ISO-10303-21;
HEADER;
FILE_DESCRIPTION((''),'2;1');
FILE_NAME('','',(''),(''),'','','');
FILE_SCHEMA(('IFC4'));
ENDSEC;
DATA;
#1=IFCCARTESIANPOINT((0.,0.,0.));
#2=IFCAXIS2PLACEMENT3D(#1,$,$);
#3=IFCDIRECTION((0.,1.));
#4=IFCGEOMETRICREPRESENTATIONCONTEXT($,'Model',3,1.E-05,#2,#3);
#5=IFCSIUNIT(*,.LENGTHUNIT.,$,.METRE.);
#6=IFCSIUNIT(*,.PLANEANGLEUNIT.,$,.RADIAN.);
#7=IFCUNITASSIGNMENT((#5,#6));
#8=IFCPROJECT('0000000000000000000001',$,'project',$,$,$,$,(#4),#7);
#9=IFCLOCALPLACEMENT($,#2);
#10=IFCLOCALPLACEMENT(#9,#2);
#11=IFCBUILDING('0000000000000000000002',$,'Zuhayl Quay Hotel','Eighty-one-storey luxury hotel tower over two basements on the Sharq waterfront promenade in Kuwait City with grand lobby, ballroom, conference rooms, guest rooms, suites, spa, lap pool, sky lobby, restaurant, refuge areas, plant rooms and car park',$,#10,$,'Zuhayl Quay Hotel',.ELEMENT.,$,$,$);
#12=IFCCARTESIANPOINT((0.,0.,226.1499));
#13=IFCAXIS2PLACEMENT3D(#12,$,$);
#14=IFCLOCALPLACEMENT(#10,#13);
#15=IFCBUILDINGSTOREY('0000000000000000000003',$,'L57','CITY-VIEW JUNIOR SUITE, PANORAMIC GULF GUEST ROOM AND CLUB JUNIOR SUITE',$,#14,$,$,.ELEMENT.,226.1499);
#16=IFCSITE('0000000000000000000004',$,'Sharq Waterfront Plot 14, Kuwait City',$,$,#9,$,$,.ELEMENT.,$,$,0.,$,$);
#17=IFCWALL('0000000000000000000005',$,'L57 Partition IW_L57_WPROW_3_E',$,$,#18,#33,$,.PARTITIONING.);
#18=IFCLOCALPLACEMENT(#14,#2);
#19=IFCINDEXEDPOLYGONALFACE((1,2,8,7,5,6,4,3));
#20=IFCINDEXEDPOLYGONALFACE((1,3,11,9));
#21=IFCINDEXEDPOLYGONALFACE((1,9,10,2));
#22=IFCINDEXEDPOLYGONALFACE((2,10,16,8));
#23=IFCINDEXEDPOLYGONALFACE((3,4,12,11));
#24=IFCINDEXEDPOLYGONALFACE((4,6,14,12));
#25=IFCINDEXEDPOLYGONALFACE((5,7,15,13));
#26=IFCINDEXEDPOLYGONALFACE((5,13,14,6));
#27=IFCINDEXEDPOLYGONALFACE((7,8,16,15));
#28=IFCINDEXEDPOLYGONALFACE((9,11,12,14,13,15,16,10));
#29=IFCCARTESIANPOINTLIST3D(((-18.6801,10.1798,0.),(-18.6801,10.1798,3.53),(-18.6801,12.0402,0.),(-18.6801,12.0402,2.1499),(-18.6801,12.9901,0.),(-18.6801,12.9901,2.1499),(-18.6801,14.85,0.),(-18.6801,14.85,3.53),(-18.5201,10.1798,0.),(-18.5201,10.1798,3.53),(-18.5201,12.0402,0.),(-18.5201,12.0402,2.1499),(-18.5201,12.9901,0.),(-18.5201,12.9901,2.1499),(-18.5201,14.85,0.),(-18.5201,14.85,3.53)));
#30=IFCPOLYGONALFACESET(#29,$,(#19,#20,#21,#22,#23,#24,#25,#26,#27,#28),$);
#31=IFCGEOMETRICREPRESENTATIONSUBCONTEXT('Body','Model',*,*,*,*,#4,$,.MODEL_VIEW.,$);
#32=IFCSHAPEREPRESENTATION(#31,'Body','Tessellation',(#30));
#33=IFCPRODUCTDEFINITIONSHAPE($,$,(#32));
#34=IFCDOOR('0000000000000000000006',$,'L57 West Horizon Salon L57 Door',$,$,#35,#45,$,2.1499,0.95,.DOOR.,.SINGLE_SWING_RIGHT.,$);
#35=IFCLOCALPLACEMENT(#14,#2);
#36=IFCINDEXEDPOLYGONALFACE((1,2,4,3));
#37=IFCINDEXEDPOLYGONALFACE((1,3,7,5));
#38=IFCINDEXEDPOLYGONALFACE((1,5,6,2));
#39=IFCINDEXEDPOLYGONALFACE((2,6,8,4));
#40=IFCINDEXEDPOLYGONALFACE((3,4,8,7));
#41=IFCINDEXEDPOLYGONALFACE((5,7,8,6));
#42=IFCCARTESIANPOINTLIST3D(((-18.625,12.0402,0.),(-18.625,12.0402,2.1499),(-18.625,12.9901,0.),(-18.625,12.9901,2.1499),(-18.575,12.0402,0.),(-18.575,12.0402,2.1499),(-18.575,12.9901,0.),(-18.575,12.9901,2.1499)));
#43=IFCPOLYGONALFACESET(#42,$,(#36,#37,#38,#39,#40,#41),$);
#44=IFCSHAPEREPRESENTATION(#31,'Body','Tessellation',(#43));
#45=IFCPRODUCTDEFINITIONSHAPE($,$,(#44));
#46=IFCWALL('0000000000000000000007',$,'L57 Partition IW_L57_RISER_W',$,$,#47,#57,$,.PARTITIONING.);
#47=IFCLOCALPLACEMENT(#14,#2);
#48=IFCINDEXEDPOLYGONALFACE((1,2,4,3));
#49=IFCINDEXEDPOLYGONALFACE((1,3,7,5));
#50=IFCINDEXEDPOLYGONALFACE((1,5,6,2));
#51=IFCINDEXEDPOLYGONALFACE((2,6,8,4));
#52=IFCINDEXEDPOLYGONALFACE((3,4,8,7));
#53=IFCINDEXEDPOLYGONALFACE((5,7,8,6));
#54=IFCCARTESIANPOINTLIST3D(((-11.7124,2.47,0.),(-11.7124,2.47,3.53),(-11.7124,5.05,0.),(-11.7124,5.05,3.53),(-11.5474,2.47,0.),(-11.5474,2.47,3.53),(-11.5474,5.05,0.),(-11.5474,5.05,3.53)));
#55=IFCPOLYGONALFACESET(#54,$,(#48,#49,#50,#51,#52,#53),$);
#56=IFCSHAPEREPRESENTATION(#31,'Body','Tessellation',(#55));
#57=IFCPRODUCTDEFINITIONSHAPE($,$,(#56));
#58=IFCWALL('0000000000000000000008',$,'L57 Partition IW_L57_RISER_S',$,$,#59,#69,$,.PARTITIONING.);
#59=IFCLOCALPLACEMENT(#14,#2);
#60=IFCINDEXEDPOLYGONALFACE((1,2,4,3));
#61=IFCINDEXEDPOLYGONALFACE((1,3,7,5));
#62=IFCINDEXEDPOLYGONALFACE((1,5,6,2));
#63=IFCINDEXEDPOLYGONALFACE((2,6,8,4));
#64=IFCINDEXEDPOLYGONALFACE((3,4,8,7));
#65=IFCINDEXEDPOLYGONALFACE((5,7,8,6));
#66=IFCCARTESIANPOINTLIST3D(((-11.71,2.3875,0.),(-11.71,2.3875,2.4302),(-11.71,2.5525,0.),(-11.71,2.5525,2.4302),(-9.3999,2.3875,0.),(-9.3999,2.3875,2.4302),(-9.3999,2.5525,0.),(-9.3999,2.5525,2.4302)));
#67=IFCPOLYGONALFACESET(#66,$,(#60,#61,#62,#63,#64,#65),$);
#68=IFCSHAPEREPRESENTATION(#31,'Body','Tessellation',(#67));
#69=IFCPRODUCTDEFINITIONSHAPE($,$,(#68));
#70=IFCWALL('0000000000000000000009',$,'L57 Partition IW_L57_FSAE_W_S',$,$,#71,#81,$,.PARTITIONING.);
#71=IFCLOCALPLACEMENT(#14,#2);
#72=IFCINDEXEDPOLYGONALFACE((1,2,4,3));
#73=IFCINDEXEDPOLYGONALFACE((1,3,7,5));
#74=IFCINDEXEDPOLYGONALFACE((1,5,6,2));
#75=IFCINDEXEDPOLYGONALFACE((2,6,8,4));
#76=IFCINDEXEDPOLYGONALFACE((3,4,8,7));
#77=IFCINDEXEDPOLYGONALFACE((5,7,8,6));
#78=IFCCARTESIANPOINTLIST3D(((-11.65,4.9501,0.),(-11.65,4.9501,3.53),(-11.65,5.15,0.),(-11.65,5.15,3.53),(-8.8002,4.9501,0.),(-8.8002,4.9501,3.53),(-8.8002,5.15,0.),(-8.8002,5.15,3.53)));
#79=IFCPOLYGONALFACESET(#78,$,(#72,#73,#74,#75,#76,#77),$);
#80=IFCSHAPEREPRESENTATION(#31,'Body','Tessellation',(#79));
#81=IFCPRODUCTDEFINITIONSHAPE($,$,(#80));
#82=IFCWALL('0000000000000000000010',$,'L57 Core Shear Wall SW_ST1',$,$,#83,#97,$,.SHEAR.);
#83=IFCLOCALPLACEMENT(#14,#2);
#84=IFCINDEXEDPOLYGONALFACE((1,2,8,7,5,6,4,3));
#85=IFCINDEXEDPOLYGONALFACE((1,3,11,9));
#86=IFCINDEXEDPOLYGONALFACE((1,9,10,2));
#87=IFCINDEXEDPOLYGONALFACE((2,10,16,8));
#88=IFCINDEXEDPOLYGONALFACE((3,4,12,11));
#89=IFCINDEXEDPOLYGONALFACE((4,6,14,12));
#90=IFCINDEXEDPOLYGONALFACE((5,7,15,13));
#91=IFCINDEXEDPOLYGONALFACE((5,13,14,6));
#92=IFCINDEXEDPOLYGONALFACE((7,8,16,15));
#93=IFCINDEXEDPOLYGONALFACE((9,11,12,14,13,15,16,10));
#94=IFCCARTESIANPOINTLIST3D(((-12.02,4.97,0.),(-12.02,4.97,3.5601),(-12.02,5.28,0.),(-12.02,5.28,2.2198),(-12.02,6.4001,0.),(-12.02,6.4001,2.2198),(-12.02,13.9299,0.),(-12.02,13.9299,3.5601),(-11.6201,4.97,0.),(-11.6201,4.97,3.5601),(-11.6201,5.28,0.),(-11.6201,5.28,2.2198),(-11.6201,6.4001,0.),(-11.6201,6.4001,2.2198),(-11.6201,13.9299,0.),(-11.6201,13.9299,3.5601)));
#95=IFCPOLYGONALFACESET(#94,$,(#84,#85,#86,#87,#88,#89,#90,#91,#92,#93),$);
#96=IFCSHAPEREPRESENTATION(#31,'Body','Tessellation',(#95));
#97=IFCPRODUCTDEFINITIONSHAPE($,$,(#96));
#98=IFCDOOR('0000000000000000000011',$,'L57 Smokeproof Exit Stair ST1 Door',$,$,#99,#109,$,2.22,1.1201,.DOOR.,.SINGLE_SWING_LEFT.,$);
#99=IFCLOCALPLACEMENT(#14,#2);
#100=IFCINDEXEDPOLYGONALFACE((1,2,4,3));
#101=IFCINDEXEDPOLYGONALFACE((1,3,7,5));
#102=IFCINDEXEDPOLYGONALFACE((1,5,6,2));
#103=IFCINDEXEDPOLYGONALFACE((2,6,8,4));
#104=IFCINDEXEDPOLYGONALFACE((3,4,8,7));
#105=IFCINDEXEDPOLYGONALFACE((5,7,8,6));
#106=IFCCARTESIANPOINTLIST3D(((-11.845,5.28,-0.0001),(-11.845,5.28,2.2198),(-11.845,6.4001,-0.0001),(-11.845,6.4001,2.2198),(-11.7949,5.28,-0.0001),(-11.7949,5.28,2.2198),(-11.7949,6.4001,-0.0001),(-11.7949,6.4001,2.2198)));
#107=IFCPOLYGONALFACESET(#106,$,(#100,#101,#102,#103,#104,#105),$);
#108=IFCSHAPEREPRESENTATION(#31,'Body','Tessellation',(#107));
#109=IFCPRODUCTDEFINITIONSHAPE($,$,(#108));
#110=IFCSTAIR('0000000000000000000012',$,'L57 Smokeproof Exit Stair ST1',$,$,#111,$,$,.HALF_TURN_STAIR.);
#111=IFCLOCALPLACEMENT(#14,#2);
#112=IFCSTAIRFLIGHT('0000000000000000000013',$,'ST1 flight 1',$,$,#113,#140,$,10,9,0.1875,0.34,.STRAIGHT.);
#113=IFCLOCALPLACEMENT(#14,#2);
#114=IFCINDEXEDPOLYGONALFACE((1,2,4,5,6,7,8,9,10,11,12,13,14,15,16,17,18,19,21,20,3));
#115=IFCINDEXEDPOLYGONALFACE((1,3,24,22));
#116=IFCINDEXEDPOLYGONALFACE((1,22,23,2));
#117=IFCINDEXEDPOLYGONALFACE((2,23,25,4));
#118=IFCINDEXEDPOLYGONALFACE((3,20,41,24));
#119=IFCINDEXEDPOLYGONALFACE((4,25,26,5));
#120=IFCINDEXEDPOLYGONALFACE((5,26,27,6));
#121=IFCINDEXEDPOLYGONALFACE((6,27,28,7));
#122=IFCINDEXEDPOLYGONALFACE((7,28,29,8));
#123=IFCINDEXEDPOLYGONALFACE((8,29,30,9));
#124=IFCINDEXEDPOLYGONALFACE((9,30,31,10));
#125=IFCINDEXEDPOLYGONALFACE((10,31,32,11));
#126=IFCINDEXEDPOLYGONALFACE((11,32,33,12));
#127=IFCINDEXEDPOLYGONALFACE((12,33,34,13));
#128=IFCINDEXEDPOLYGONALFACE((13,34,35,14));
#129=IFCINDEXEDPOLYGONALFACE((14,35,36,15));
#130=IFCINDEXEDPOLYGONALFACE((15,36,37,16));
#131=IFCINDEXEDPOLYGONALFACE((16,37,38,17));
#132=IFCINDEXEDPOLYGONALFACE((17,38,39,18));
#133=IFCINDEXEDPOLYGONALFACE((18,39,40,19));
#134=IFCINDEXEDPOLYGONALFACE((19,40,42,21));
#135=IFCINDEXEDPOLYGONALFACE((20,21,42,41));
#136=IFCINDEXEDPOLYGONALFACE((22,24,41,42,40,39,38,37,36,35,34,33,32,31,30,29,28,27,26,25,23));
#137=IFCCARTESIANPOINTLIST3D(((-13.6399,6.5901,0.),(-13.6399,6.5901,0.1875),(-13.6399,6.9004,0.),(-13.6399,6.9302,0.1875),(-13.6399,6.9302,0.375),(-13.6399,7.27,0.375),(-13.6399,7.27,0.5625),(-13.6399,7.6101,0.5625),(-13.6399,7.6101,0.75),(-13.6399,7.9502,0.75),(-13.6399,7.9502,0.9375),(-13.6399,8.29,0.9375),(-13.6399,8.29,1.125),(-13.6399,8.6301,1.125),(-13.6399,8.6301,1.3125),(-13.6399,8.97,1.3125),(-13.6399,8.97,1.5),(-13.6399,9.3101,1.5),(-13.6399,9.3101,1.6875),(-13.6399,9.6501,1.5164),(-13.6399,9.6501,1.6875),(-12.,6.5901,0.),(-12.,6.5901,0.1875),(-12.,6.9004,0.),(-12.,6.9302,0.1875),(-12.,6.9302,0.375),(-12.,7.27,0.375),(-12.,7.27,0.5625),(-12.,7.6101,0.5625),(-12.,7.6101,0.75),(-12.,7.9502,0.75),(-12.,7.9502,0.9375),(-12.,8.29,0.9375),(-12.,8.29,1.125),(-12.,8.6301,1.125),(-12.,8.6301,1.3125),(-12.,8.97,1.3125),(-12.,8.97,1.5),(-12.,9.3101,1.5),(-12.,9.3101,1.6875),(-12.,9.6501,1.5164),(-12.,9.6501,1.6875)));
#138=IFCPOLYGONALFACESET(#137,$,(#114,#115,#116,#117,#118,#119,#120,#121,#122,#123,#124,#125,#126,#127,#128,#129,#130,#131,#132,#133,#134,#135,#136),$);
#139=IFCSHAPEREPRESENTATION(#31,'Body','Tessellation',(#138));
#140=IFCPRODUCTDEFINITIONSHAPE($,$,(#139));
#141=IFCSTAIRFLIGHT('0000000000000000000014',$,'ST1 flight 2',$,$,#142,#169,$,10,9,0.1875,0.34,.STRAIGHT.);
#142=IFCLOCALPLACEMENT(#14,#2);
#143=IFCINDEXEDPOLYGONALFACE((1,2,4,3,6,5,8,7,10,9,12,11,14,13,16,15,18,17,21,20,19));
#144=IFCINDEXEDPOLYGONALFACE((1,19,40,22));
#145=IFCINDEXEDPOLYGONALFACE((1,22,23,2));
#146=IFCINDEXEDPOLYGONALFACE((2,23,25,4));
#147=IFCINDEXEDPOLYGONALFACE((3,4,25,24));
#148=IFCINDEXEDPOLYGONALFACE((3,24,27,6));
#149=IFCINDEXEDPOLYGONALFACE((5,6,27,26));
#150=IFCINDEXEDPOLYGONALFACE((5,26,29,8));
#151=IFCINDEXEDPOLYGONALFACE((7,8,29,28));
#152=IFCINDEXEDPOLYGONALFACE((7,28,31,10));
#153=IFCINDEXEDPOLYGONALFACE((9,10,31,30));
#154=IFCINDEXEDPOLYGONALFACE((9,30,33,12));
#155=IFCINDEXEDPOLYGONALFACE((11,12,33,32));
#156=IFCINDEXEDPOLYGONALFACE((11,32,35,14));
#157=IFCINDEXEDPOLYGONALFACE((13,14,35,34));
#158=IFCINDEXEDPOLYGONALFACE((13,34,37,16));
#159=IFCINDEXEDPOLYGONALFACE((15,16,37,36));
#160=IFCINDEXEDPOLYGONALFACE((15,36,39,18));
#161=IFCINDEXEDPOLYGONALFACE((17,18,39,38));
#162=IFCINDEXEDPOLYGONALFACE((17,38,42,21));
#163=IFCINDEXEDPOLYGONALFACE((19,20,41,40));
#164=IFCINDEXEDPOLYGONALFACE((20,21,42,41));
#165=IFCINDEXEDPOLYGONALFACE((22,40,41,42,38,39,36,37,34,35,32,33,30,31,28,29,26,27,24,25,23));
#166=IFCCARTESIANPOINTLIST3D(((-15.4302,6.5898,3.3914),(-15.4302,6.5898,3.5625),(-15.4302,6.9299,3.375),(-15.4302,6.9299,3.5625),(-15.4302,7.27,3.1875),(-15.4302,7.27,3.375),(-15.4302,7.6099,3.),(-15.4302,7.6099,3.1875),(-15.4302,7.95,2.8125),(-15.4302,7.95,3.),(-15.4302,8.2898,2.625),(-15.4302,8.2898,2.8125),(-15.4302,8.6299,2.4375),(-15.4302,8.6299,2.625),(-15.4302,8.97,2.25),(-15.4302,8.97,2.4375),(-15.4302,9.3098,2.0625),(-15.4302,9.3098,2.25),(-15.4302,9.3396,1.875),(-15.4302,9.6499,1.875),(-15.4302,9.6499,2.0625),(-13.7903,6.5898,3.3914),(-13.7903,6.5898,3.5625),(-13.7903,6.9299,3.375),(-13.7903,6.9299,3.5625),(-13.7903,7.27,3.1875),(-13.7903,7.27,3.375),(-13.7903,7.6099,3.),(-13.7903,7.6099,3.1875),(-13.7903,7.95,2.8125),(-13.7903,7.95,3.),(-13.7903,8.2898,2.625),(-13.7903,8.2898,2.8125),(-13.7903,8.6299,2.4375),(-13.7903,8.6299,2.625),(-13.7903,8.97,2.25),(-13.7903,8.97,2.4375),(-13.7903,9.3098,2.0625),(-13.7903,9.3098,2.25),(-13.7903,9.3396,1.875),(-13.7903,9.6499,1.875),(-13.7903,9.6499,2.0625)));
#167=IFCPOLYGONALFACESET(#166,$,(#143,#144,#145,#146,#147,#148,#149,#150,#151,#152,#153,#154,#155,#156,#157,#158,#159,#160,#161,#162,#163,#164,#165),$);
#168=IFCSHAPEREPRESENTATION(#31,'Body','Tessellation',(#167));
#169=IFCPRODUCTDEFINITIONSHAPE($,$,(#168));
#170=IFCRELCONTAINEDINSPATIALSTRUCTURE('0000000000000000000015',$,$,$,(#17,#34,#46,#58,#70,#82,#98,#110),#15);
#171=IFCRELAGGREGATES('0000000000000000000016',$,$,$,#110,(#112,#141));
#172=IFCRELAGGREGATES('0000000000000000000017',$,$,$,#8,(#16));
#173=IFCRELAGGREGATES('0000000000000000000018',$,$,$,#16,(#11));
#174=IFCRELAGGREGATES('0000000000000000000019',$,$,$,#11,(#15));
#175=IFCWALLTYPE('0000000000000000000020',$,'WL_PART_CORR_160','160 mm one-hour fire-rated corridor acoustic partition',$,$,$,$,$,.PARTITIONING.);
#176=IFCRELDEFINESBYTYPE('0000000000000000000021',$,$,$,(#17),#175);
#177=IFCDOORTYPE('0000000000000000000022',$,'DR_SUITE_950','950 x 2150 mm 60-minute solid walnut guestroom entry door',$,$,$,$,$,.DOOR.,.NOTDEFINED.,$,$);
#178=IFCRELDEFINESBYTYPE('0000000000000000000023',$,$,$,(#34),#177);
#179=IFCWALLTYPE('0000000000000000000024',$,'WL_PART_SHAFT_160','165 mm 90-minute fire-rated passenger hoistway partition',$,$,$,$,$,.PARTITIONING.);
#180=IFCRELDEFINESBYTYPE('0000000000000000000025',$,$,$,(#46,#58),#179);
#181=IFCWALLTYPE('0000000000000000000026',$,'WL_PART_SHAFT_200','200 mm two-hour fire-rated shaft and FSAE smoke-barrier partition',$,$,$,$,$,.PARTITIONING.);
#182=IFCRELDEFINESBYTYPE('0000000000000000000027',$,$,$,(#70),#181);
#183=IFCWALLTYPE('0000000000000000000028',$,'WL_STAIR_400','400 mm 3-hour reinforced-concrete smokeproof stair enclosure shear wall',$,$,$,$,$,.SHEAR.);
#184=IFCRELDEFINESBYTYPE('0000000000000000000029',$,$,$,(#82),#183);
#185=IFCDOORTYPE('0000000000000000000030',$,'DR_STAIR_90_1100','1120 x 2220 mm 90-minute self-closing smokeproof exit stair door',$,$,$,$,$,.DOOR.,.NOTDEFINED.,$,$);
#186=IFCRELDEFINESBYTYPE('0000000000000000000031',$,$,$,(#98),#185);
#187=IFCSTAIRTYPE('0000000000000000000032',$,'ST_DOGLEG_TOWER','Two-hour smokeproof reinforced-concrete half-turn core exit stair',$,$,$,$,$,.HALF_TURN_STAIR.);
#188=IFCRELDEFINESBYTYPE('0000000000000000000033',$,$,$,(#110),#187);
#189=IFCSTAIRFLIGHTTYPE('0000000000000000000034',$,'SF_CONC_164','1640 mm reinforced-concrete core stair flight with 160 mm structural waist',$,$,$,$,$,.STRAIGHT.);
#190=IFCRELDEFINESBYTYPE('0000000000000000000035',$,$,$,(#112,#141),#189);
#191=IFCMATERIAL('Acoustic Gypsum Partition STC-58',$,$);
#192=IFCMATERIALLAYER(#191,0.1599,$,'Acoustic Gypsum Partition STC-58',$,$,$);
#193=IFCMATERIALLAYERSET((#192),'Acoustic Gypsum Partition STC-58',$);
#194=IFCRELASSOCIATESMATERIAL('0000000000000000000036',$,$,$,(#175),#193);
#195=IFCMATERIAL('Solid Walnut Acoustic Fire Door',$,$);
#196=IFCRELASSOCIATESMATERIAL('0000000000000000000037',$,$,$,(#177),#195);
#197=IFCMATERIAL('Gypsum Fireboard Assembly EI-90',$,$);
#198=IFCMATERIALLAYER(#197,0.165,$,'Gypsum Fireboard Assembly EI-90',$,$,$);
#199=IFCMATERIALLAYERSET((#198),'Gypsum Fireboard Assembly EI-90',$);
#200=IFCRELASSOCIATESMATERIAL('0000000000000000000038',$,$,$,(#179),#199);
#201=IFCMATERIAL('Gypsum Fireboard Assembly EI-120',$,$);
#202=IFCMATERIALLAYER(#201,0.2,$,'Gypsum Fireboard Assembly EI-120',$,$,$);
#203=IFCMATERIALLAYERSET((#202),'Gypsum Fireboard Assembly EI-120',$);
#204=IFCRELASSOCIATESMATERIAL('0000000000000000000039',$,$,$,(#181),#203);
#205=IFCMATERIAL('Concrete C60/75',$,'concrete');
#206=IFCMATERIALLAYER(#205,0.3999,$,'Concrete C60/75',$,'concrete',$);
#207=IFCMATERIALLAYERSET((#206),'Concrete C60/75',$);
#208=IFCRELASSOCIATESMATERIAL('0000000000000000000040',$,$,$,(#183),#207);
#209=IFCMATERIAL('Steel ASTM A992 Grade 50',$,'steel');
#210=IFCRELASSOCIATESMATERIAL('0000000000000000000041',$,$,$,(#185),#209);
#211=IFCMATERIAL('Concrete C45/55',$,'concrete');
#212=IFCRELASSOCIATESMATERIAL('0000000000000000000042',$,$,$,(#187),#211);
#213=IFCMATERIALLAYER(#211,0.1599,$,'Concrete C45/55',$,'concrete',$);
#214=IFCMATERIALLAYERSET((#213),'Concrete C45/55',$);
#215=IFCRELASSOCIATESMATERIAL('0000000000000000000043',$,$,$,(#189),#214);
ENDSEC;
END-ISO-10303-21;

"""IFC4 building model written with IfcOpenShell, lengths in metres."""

from ifc_helpers import new_model, si_unit, direction, frame, frame_2d, origin, place, context, subcontext, project, spatial, polyline, rectangle, outline, extrude, material, layer, layer_set, type_object, element, fill, aggregate, save


model = new_model("IFC4")

# Units and contexts
model_context = context("Model", 3, precision=1e-05, world=origin(), true_north=direction((0.0, 1.0)))
body_context = subcontext(model_context, "Body", "Model", "MODEL_VIEW")
ifc_project = project(units=[si_unit("LENGTHUNIT", "METRE"), si_unit("PLANEANGLEUNIT", "RADIAN")], contexts=[model_context])

# Site, building, storey
site_placement = place(None, origin())
site = spatial("IfcSite", under=ifc_project, at=site_placement, Name="Sharq Waterfront Plot 14, Kuwait City", CompositionType="ELEMENT", RefElevation=0.0)
building_placement = place(site_placement, origin())
building = spatial("IfcBuilding", under=site, at=building_placement, Name="Zuhayl Quay Hotel", Description="Eighty-one-storey luxury hotel tower over two basements on the Sharq waterfront promenade in Kuwait City with grand lobby, ballroom, conference rooms, guest rooms, suites, spa, lap pool, sky lobby, restaurant, refuge areas, plant rooms and car park", LongName="Zuhayl Quay Hotel", CompositionType="ELEMENT")
storey_placement = place(building_placement, frame((0.0, 0.0, 226.1499)))
storey = spatial("IfcBuildingStorey", under=building, at=storey_placement, Name="L57", Description="CITY-VIEW JUNIOR SUITE, PANORAMIC GULF GUEST ROOM AND CLUB JUNIOR SUITE", CompositionType="ELEMENT", Elevation=226.1499)

# Shared definitions
ifc_material_1 = material(Name="Concrete C60/75", Category="concrete")

# Shared definitions
ifc_material_2 = material(Name="Acoustic Gypsum Partition STC-58")

# Wall, opening, door
ifc_layer_1 = layer(ifc_material_2, 0.1599, Name="Acoustic Gypsum Partition STC-58")
ifc_layer_set_1 = layer_set([ifc_layer_1], Name="Acoustic Gypsum Partition STC-58")
wall_type_1 = type_object("IfcWallType", Name="WL_PART_CORR_160", Description="160 mm one-hour fire-rated corridor acoustic partition", PredefinedType="PARTITIONING", material=ifc_layer_set_1)
ifc_material_3 = material(Name="Solid Walnut Acoustic Fire Door")
door_type_1 = type_object("IfcDoorType", Name="DR_SUITE_950", Description="950 x 2150 mm 60-minute solid walnut guestroom entry door", OperationType="NOTDEFINED", PredefinedType="DOOR", material=ifc_material_3)
wall_1_placement = place(storey_placement, frame((-18.6001, 10.1799, 0.0), z_axis=(0.0, 0.0, 1.0), x_axis=(0.0, 1.0, 0.0)))
wall_1 = element("IfcWall", 1, at=wall_1_placement, inside=storey, type_object=wall_type_1, Name="L57 Partition IW_L57_WPROW_3_E", PredefinedType="PARTITIONING", context=body_context, shape_type="SweptSolid", body=[
    extrude(rectangle(XDim=4.6702, YDim=0.1599, at=frame_2d((2.335, 0.0))), origin(), (0.0, 0.0, 1.0), 3.53),
])
opening_1_placement = place(wall_1_placement, frame((1.8601, 0.0, 0.0)))
opening_1 = element("IfcOpeningElement", 2, at=opening_1_placement, cuts=wall_1, PredefinedType="OPENING", context=body_context, shape_type="SweptSolid", body=[
    extrude(rectangle(XDim=0.95, YDim=2.1499, at=frame_2d((0.4751, 1.075))), frame((0.0, 0.0898, 0.0), z_axis=(0.0, -1.0, 0.0), x_axis=(1.0, 0.0, 0.0)), (0.0, 0.0, 1.0), 0.1799),
])
door_1_placement = place(opening_1_placement, origin())
door_1 = element("IfcDoor", 3, at=door_1_placement, inside=storey, type_object=door_type_1, Name="L57 West Horizon Salon L57 Door", OperationType="SINGLE_SWING_RIGHT", OverallHeight=2.1499, OverallWidth=0.95, PredefinedType="DOOR", context=body_context, shape_type="SweptSolid", body=[
    extrude(rectangle(XDim=0.95, YDim=2.1499, at=frame_2d((0.4751, 1.075))), frame((0.0, 0.0249, 0.0), z_axis=(0.0, -1.0, 0.0), x_axis=(1.0, 0.0, 0.0)), (0.0, 0.0, 1.0), 0.05),
])
fill(opening_1, door_1)

# Walls
ifc_material_4 = material(Name="Gypsum Fireboard Assembly EI-90")
ifc_layer_2 = layer(ifc_material_4, 0.165, Name="Gypsum Fireboard Assembly EI-90")
ifc_layer_set_2 = layer_set([ifc_layer_2], Name="Gypsum Fireboard Assembly EI-90")
wall_type_2 = type_object("IfcWallType", Name="WL_PART_SHAFT_160", Description="165 mm 90-minute fire-rated passenger hoistway partition", PredefinedType="PARTITIONING", material=ifc_layer_set_2)
wall_2_placement = place(storey_placement, frame((-11.6299, 2.47, 0.0), z_axis=(0.0, 0.0, 1.0), x_axis=(0.0, 1.0, 0.0)))
element("IfcWall", 4, at=wall_2_placement, inside=storey, type_object=wall_type_2, Name="L57 Partition IW_L57_RISER_W", PredefinedType="PARTITIONING", context=body_context, shape_type="SweptSolid", body=[
    extrude(rectangle(XDim=2.5801, YDim=0.165, at=frame_2d((1.29, 0.0))), origin(), (0.0, 0.0, 1.0), 3.53),
])
wall_3_placement = place(storey_placement, frame((-11.71, 2.47, 0.0), z_axis=(0.0, 0.0, 1.0), x_axis=(1.0, 0.0, 0.0)))
element("IfcWall", 5, at=wall_3_placement, inside=storey, type_object=wall_type_2, Name="L57 Partition IW_L57_RISER_S", PredefinedType="PARTITIONING", context=body_context, shape_type="SweptSolid", body=[
    extrude(rectangle(XDim=2.3101, YDim=0.165, at=frame_2d((1.155, 0.0))), origin(), (0.0, 0.0, 1.0), 2.4302),
])
ifc_material_5 = material(Name="Gypsum Fireboard Assembly EI-120")
ifc_layer_3 = layer(ifc_material_5, 0.2, Name="Gypsum Fireboard Assembly EI-120")
ifc_layer_set_3 = layer_set([ifc_layer_3], Name="Gypsum Fireboard Assembly EI-120")
wall_type_3 = type_object("IfcWallType", Name="WL_PART_SHAFT_200", Description="200 mm two-hour fire-rated shaft and FSAE smoke-barrier partition", PredefinedType="PARTITIONING", material=ifc_layer_set_3)
wall_4_placement = place(storey_placement, frame((-11.6499, 5.05, 0.0), z_axis=(0.0, 0.0, 1.0), x_axis=(1.0, 0.0, 0.0)))
element("IfcWall", 6, at=wall_4_placement, inside=storey, type_object=wall_type_3, Name="L57 Partition IW_L57_FSAE_W_S", PredefinedType="PARTITIONING", context=body_context, shape_type="SweptSolid", body=[
    extrude(rectangle(XDim=2.8499, YDim=0.2, at=frame_2d((1.4248, 0.0))), origin(), (0.0, 0.0, 1.0), 3.53),
])

# Wall, opening, door
ifc_layer_4 = layer(ifc_material_1, 0.3999, Name="Concrete C60/75", Category="concrete")
ifc_layer_set_4 = layer_set([ifc_layer_4], Name="Concrete C60/75")
wall_type_4 = type_object("IfcWallType", Name="WL_STAIR_400", Description="400 mm 3-hour reinforced-concrete smokeproof stair enclosure shear wall", PredefinedType="SHEAR", material=ifc_layer_set_4)
wall_5_placement = place(storey_placement, frame((-11.8201, 4.97, 0.0), z_axis=(0.0, 0.0, 1.0), x_axis=(0.0, 1.0, 0.0)))
wall_5 = element("IfcWall", 7, at=wall_5_placement, inside=storey, type_object=wall_type_4, Name="L57 Core Shear Wall SW_ST1", PredefinedType="SHEAR", context=body_context, shape_type="SweptSolid", body=[
    extrude(rectangle(XDim=8.96, YDim=0.3999, at=frame_2d((4.48, 0.0))), origin(), (0.0, 0.0, 1.0), 3.5601),
])
opening_2_placement = place(wall_5_placement, frame((0.3101, 0.0, 0.0)))
opening_2 = element("IfcOpeningElement", 8, at=opening_2_placement, cuts=wall_5, PredefinedType="OPENING", context=body_context, shape_type="SweptSolid", body=[
    extrude(rectangle(XDim=1.1201, YDim=2.22, at=frame_2d((0.5601, 1.1099))), frame((0.0, 0.21, 0.0), z_axis=(0.0, -1.0, 0.0), x_axis=(1.0, 0.0, 0.0)), (0.0, 0.0, 1.0), 0.4199),
])
ifc_material_6 = material(Name="Steel ASTM A992 Grade 50", Category="steel")
door_type_2 = type_object("IfcDoorType", Name="DR_STAIR_90_1100", Description="1120 x 2220 mm 90-minute self-closing smokeproof exit stair door", OperationType="NOTDEFINED", PredefinedType="DOOR", material=ifc_material_6)
door_2_placement = place(opening_2_placement, origin())
door_2 = element("IfcDoor", 9, at=door_2_placement, inside=storey, type_object=door_type_2, Name="L57 Smokeproof Exit Stair ST1 Door", OperationType="SINGLE_SWING_LEFT", OverallHeight=2.22, OverallWidth=1.1201, PredefinedType="DOOR", context=body_context, shape_type="SweptSolid", body=[
    extrude(rectangle(XDim=1.1201, YDim=2.22, at=frame_2d((0.5601, 1.1099))), frame((0.0, 0.0249, 0.0), z_axis=(0.0, -1.0, 0.0), x_axis=(1.0, 0.0, 0.0)), (0.0, 0.0, 1.0), 0.05),
])
fill(opening_2, door_2)

# Stair, stair flights
ifc_material_7 = material(Name="Concrete C45/55", Category="concrete")
stair_type = type_object("IfcStairType", Name="ST_DOGLEG_TOWER", Description="Two-hour smokeproof reinforced-concrete half-turn core exit stair", PredefinedType="HALF_TURN_STAIR", material=ifc_material_7)
stair_placement = place(storey_placement, origin())
stair = element("IfcStair", 10, at=stair_placement, inside=storey, type_object=stair_type, Name="L57 Smokeproof Exit Stair ST1", PredefinedType="HALF_TURN_STAIR")
ifc_layer_5 = layer(ifc_material_7, 0.1599, Name="Concrete C45/55", Category="concrete")
ifc_layer_set_5 = layer_set([ifc_layer_5], Name="Concrete C45/55")
stair_flight_type = type_object("IfcStairFlightType", Name="SF_CONC_164", Description="1640 mm reinforced-concrete core stair flight with 160 mm structural waist", PredefinedType="STRAIGHT", material=ifc_layer_set_5)
stair_flight_1_placement = place(storey_placement, frame((-12.8201, 6.5901, 0.0), z_axis=(0.0, 0.0, 1.0), x_axis=(0.0, 1.0, 0.0)))
stair_flight_1 = element("IfcStairFlight", 11, at=stair_flight_1_placement, type_object=stair_flight_type, Name="ST1 flight 1", NumberOfRisers=10, NumberOfTreads=9, PredefinedType="STRAIGHT", RiserHeight=0.1875, TreadLength=0.34, context=body_context, shape_type="SweptSolid", body=[
    extrude(outline(polyline([(0.0, 0.0), (0.0, 0.1875), (0.3401, 0.1875), (0.3401, 0.375), (0.6799, 0.375), (0.6799, 0.5625), (1.02, 0.5625), (1.02, 0.75), (1.3601, 0.75), (1.3601, 0.9375), (1.7, 0.9375), (1.7, 1.125), (2.04, 1.125), (2.04, 1.3125), (2.3799, 1.3125), (2.3799, 1.5), (2.72, 1.5), (2.72, 1.6875), (3.0601, 1.6875), (3.0601, 1.875), (3.0601, 1.5164), (0.3103, 0.0), (0.0, 0.0)])), frame((0.0, 0.8198, 0.0), z_axis=(0.0, -1.0, 0.0), x_axis=(1.0, 0.0, 0.0)), (0.0, 0.0, 1.0), 1.6399),
])
stair_flight_2_placement = place(storey_placement, frame((-14.6101, 9.6499, 1.875), z_axis=(0.0, 0.0, 1.0), x_axis=(0.0, -1.0, 0.0)))
stair_flight_2 = element("IfcStairFlight", 12, at=stair_flight_2_placement, type_object=stair_flight_type, Name="ST1 flight 2", NumberOfRisers=10, NumberOfTreads=9, PredefinedType="STRAIGHT", RiserHeight=0.1875, TreadLength=0.34, context=body_context, shape_type="SweptSolid", body=[
    extrude(outline(polyline([(0.0, 0.0), (0.0, 0.1875), (0.3401, 0.1875), (0.3401, 0.375), (0.6799, 0.375), (0.6799, 0.5625), (1.02, 0.5625), (1.02, 0.75), (1.3601, 0.75), (1.3601, 0.9375), (1.7, 0.9375), (1.7, 1.125), (2.04, 1.125), (2.04, 1.3125), (2.3799, 1.3125), (2.3799, 1.5), (2.72, 1.5), (2.72, 1.6875), (3.0601, 1.6875), (3.0601, 1.875), (3.0601, 1.5164), (0.3103, 0.0), (0.0, 0.0)])), frame((0.0, 0.8198, 0.0), z_axis=(0.0, -1.0, 0.0), x_axis=(1.0, 0.0, 0.0)), (0.0, 0.0, 1.0), 1.6399),
])
aggregate(stair, [stair_flight_1, stair_flight_2])

save(model, "model.ifc")
